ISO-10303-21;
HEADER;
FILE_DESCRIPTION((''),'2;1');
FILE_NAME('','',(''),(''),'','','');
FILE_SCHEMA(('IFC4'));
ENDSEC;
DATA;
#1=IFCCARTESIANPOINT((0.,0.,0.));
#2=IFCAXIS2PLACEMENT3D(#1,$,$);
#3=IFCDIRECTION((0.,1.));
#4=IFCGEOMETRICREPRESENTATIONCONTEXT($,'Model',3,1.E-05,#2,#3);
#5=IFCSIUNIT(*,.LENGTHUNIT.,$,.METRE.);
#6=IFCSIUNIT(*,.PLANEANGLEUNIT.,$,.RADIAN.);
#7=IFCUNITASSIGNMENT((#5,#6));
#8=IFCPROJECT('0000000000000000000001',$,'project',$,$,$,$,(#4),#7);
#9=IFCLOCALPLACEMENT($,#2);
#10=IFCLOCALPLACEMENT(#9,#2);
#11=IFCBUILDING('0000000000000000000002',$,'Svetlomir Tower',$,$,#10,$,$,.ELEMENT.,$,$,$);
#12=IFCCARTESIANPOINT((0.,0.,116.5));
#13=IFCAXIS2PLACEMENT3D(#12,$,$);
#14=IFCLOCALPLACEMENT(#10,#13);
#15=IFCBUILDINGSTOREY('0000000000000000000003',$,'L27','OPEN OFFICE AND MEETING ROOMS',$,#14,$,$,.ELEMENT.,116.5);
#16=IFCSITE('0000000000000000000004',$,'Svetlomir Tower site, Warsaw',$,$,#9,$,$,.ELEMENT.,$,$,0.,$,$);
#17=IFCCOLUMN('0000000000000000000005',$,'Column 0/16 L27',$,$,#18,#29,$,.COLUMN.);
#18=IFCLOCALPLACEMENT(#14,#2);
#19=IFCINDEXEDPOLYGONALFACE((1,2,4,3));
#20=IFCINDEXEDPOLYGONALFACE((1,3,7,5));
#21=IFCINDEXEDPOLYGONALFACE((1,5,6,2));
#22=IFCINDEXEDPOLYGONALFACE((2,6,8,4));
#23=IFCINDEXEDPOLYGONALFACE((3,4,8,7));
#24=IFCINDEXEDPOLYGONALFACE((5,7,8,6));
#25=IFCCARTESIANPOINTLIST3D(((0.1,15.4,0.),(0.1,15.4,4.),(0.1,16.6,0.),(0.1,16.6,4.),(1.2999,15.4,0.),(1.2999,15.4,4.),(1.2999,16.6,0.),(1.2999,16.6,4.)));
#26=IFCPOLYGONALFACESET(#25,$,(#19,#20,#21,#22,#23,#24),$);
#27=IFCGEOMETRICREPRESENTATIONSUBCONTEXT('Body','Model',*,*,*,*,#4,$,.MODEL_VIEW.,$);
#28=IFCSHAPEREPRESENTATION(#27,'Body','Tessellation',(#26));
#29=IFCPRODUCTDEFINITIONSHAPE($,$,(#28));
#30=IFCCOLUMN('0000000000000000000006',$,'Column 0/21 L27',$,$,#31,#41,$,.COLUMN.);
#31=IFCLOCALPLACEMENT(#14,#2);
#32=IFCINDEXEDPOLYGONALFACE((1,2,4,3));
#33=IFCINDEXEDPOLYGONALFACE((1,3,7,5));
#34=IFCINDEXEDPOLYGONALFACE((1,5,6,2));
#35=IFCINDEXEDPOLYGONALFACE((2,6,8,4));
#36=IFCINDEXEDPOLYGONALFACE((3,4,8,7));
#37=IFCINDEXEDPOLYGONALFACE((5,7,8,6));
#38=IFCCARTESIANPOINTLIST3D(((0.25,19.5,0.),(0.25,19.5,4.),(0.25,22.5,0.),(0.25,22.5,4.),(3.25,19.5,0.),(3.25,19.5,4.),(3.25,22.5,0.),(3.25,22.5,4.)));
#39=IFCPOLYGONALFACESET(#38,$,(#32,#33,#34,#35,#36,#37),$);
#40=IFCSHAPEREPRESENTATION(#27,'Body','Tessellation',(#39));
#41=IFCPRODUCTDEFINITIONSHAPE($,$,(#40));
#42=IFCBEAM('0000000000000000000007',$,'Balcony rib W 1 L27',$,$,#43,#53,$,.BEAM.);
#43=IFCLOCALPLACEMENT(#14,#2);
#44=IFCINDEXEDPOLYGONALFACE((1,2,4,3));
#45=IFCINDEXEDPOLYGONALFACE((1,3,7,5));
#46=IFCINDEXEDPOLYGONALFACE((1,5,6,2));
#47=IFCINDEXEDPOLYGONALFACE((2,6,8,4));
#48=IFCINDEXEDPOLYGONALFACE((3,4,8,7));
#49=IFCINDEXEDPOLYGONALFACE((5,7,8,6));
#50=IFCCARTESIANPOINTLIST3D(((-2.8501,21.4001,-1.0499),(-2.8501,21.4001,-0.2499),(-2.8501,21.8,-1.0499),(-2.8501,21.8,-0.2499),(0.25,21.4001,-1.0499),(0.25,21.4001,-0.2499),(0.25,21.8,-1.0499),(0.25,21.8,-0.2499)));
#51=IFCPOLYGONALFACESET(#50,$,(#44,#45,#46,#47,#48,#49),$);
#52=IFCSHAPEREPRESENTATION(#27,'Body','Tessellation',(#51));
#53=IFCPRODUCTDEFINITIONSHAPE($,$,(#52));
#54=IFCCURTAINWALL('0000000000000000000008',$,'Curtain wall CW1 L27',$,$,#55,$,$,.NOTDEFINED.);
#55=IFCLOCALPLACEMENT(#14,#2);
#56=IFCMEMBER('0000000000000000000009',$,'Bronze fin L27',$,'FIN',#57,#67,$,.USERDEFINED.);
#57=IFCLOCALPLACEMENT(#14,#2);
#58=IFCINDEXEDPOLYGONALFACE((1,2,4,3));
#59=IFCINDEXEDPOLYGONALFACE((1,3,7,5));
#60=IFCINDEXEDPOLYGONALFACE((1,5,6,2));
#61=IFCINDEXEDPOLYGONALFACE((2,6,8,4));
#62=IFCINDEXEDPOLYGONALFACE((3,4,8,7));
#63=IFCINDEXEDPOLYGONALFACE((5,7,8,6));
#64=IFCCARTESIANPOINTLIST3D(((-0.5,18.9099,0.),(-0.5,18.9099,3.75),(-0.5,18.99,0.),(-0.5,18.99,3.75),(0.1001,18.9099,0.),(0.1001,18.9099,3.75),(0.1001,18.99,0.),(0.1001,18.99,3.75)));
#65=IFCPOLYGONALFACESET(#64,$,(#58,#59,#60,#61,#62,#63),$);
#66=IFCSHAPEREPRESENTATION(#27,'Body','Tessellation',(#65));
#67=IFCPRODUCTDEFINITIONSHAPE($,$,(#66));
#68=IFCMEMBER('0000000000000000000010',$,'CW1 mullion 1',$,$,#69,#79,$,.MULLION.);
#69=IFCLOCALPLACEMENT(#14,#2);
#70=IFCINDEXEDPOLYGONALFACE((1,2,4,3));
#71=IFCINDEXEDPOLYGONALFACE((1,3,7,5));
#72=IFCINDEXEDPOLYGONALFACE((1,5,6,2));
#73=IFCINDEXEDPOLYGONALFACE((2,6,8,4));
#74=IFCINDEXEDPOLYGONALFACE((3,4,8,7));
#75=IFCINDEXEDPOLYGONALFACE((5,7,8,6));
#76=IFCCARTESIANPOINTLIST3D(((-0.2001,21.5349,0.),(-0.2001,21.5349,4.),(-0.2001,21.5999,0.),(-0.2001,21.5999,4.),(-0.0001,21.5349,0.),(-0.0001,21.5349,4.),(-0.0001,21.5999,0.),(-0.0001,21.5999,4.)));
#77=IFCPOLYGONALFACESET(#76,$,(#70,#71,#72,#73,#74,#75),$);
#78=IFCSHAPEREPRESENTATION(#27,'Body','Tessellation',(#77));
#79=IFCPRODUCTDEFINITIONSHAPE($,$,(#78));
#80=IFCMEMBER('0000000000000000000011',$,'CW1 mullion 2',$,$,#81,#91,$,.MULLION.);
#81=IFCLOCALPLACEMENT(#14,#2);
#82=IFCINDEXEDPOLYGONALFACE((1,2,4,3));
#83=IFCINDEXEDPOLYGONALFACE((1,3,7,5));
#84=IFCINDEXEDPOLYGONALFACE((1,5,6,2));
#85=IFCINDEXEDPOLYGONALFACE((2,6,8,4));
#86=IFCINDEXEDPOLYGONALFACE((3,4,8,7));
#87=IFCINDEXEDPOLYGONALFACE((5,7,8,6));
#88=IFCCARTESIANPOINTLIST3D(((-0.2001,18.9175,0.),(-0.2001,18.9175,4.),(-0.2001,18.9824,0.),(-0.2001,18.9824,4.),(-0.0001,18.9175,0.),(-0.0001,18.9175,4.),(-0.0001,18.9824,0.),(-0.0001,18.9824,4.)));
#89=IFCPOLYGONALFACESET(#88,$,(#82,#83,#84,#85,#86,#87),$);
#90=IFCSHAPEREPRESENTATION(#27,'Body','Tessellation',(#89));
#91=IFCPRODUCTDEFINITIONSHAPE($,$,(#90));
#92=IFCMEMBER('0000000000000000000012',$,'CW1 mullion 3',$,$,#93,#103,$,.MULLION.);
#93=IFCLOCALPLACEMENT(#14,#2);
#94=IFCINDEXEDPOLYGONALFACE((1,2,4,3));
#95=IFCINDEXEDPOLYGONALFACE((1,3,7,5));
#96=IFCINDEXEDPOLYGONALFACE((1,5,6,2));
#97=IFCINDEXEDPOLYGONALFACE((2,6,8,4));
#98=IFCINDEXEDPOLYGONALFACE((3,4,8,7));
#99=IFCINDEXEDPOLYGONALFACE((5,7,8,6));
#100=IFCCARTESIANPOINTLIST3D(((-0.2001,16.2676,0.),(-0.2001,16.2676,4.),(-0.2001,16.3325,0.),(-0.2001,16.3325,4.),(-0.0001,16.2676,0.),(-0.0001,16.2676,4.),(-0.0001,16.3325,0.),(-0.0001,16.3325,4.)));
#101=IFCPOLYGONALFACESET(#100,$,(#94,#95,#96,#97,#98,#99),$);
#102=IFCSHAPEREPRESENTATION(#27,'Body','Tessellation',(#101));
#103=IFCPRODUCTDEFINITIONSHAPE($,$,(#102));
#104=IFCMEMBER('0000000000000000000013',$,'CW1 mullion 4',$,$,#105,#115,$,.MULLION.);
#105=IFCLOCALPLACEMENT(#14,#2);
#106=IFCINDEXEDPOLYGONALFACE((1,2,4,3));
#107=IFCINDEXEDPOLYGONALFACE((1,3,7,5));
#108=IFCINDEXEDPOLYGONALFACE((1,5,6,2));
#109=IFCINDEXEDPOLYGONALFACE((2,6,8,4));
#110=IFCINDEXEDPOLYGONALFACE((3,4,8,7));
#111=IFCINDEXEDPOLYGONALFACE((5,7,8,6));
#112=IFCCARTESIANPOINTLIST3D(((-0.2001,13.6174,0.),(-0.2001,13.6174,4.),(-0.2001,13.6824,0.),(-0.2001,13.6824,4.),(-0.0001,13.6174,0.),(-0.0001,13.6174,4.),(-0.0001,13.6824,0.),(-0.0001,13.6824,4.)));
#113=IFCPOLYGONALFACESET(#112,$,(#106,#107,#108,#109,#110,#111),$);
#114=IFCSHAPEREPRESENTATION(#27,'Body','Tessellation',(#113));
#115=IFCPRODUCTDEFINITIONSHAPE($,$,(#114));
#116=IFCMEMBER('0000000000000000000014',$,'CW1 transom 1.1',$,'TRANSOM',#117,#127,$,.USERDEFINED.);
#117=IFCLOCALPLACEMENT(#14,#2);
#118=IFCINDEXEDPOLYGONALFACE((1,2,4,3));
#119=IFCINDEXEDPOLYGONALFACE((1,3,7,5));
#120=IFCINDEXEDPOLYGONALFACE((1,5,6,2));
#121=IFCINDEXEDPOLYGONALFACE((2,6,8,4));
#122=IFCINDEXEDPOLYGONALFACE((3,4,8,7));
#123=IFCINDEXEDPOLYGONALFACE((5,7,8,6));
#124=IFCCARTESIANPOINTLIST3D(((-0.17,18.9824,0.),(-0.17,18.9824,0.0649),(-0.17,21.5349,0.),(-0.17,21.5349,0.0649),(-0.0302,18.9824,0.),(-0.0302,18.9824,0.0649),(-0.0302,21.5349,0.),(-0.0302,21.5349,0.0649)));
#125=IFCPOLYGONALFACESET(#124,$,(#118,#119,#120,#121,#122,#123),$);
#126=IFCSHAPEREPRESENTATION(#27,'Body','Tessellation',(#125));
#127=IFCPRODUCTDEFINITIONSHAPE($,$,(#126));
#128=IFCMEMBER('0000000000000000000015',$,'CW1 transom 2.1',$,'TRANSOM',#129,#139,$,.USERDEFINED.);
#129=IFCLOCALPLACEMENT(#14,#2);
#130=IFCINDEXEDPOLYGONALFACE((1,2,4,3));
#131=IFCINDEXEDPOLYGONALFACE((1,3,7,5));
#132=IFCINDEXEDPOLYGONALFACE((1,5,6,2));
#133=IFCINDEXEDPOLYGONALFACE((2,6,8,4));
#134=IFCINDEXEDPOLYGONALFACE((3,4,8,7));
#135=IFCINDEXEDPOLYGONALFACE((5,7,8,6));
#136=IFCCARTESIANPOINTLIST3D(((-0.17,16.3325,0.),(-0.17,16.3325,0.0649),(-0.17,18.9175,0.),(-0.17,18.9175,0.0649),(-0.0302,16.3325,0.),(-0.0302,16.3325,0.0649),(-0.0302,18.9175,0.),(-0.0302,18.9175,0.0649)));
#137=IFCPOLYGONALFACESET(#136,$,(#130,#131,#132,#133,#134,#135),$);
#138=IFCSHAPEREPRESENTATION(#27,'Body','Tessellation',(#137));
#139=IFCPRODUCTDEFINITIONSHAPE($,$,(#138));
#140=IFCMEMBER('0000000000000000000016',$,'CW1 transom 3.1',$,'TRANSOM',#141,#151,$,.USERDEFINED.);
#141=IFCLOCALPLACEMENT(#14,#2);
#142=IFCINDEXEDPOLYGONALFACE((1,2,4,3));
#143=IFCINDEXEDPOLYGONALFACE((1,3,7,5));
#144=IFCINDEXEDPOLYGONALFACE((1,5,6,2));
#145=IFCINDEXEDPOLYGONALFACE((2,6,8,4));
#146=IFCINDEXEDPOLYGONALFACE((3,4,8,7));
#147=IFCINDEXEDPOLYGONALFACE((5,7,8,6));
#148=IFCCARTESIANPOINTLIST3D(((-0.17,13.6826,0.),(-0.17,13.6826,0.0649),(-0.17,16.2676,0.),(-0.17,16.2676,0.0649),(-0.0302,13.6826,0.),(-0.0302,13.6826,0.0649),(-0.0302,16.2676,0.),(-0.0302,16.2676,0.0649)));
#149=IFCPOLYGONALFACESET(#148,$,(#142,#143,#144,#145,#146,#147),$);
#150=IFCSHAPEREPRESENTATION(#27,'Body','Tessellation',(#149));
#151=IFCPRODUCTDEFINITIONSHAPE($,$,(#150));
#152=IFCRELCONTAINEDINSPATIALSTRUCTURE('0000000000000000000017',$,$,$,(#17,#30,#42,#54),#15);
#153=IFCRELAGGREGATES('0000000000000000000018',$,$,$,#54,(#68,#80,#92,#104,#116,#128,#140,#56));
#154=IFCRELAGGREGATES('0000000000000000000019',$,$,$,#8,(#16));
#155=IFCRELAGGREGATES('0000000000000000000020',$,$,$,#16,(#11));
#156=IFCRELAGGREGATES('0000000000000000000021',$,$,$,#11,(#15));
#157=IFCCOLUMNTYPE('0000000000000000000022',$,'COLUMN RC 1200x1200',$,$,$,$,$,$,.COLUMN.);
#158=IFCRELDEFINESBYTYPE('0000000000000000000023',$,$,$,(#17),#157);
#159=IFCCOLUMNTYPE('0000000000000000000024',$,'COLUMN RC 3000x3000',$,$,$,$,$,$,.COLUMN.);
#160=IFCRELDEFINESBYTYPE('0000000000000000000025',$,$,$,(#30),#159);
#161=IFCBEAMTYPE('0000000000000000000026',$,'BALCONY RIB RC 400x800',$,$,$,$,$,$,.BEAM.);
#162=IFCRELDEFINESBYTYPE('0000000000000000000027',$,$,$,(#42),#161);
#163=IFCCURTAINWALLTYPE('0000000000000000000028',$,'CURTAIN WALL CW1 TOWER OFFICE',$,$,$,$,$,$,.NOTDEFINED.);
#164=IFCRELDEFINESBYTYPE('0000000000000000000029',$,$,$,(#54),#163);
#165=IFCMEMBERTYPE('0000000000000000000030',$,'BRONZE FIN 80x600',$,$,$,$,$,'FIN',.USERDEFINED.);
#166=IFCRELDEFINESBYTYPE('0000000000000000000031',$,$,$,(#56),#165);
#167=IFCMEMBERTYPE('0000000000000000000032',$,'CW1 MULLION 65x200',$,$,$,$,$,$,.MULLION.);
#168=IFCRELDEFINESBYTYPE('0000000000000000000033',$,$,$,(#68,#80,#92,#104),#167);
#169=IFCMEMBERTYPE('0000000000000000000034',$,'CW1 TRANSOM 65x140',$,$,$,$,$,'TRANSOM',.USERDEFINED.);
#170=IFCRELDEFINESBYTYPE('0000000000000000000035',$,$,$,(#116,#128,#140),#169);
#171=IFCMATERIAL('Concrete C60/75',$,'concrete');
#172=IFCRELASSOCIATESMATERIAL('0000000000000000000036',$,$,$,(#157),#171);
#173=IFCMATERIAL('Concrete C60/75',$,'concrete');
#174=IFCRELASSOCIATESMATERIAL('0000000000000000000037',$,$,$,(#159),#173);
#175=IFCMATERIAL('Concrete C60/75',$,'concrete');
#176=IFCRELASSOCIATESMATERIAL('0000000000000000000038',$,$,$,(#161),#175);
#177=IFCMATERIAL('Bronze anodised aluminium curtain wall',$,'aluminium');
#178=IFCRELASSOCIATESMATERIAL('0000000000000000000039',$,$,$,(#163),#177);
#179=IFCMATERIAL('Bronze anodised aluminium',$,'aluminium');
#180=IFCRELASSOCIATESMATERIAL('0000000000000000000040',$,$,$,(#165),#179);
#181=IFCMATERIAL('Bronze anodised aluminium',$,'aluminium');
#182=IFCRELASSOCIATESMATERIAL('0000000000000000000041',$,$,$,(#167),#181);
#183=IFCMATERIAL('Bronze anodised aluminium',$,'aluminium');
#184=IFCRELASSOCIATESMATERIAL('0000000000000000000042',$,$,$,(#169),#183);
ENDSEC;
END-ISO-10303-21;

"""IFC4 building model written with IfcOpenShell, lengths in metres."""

from ifc_helpers import new_model, si_unit, direction, frame, origin, origin_2d, place, context, subcontext, project, spatial, rectangle, extrude, material, material_profile, profile_set, type_object, element, aggregate, save


model = new_model("IFC4")

# Units and contexts
model_context = context("Model", 3, precision=1e-05, world=origin(), true_north=direction((0.0, 1.0)))
body_context = subcontext(model_context, "Body", "Model", "MODEL_VIEW")
ifc_project = project(units=[si_unit("LENGTHUNIT", "METRE"), si_unit("PLANEANGLEUNIT", "RADIAN")], contexts=[model_context])

# Site, building, storey
site_placement = place(None, origin())
site = spatial("IfcSite", under=ifc_project, at=site_placement, Name="Svetlomir Tower site, Warsaw", CompositionType="ELEMENT", RefElevation=0.0)
building_placement = place(site_placement, origin())
building = spatial("IfcBuilding", under=site, at=building_placement, Name="Svetlomir Tower", CompositionType="ELEMENT")
storey_placement = place(building_placement, frame((0.0, 0.0, 116.5)))
storey = spatial("IfcBuildingStorey", under=building, at=storey_placement, Name="L27", Description="OPEN OFFICE AND MEETING ROOMS", CompositionType="ELEMENT", Elevation=116.5)

# Columns
ifc_material_1 = material(Name="Concrete C60/75", Category="concrete")
ifc_material_profile_1 = material_profile(ifc_material_1, rectangle(XDim=1.2, YDim=1.2, at=origin_2d()), Name="RC 1200x1200")
ifc_profile_set_1 = profile_set([ifc_material_profile_1], Name="Concrete C60/75")
column_type_1 = type_object("IfcColumnType", Name="COLUMN RC 1200x1200", PredefinedType="COLUMN", material=ifc_profile_set_1)
column_1_placement = place(storey_placement, frame((0.7, 16.0, 0.0), z_axis=(0.0, 0.0, 1.0), x_axis=(1.0, 0.0, 0.0)))
element("IfcColumn", 1, at=column_1_placement, inside=storey, type_object=column_type_1, Name="Column 0/16 L27", PredefinedType="COLUMN", context=body_context, shape_type="SweptSolid", body=[
    extrude(rectangle(XDim=1.2, YDim=1.2, at=origin_2d()), origin(), (0.0, 0.0, 1.0), 4.0),
])
ifc_material_2 = material(Name="Concrete C60/75", Category="concrete")
ifc_material_profile_2 = material_profile(ifc_material_2, rectangle(XDim=3.0, YDim=3.0, at=origin_2d()), Name="RC 3000x3000")
ifc_profile_set_2 = profile_set([ifc_material_profile_2], Name="Concrete C60/75")
column_type_2 = type_object("IfcColumnType", Name="COLUMN RC 3000x3000", PredefinedType="COLUMN", material=ifc_profile_set_2)
column_2_placement = place(storey_placement, frame((1.75, 21.0, 0.0), z_axis=(0.0, 0.0, 1.0), x_axis=(1.0, 0.0, 0.0)))
element("IfcColumn", 2, at=column_2_placement, inside=storey, type_object=column_type_2, Name="Column 0/21 L27", PredefinedType="COLUMN", context=body_context, shape_type="SweptSolid", body=[
    extrude(rectangle(XDim=3.0, YDim=3.0, at=origin_2d()), origin(), (0.0, 0.0, 1.0), 4.0),
])

# Beam
ifc_material_3 = material(Name="Concrete C60/75", Category="concrete")
ifc_material_profile_3 = material_profile(ifc_material_3, rectangle(XDim=0.3999, YDim=0.8, at=origin_2d()), Name="RC 400x800")
ifc_profile_set_3 = profile_set([ifc_material_profile_3], Name="Concrete C60/75")
beam_type_1 = type_object("IfcBeamType", Name="BALCONY RIB RC 400x800", PredefinedType="BEAM", material=ifc_profile_set_3)
beam_1_placement = place(storey_placement, frame((0.25, 21.6001, -0.6499), z_axis=(-1.0, 0.0, 0.0), x_axis=(0.0, -1.0, 0.0)))
element("IfcBeam", 3, at=beam_1_placement, inside=storey, type_object=beam_type_1, Name="Balcony rib W 1 L27", PredefinedType="BEAM", context=body_context, shape_type="SweptSolid", body=[
    extrude(rectangle(XDim=0.3999, YDim=0.8, at=origin_2d()), origin(), (0.0, 0.0, 1.0), 3.1001),
])

# Curtain wall, members
ifc_material_4 = material(Name="Bronze anodised aluminium curtain wall", Category="aluminium")
curtain_wall_type = type_object("IfcCurtainWallType", Name="CURTAIN WALL CW1 TOWER OFFICE", PredefinedType="NOTDEFINED", material=ifc_material_4)
curtain_wall_placement = place(storey_placement, origin())
curtain_wall = element("IfcCurtainWall", 4, at=curtain_wall_placement, inside=storey, type_object=curtain_wall_type, Name="Curtain wall CW1 L27", PredefinedType="NOTDEFINED")
ifc_material_5 = material(Name="Bronze anodised aluminium", Category="aluminium")
ifc_material_profile_4 = material_profile(ifc_material_5, rectangle(XDim=0.0801, YDim=0.6001, at=origin_2d()), Name="FIN 80x600")
ifc_profile_set_4 = profile_set([ifc_material_profile_4], Name="Bronze anodised aluminium 6063-T6")
member_type_1 = type_object("IfcMemberType", Name="BRONZE FIN 80x600", ElementType="FIN", PredefinedType="USERDEFINED", material=ifc_profile_set_4)
member_1_placement = place(storey_placement, frame((-0.2, 18.95, 0.0), z_axis=(0.0, 0.0, 1.0), x_axis=(0.0, 1.0, 0.0)))
member_1 = element("IfcMember", 5, at=member_1_placement, type_object=member_type_1, Name="Bronze fin L27", ObjectType="FIN", PredefinedType="USERDEFINED", context=body_context, shape_type="SweptSolid", body=[
    extrude(rectangle(XDim=0.0801, YDim=0.6001, at=origin_2d()), origin(), (0.0, 0.0, 1.0), 3.75),
])
ifc_material_6 = material(Name="Bronze anodised aluminium", Category="aluminium")
ifc_material_profile_5 = material_profile(ifc_material_6, rectangle(XDim=0.0649, YDim=0.2, at=origin_2d()), Name="AL 65x200")
ifc_profile_set_5 = profile_set([ifc_material_profile_5], Name="Bronze anodised aluminium 6063-T6")
member_type_2 = type_object("IfcMemberType", Name="CW1 MULLION 65x200", PredefinedType="MULLION", material=ifc_profile_set_5)
member_2_placement = place(storey_placement, frame((-0.1001, 21.5674, 0.0), z_axis=(0.0, 0.0, 1.0), x_axis=(0.0, -1.0, 0.0)))
member_2 = element("IfcMember", 6, at=member_2_placement, type_object=member_type_2, Name="CW1 mullion 1", PredefinedType="MULLION", context=body_context, shape_type="SweptSolid", body=[
    extrude(rectangle(XDim=0.0649, YDim=0.2, at=origin_2d()), origin(), (0.0, 0.0, 1.0), 4.0),
])
member_3_placement = place(storey_placement, frame((-0.1001, 18.95, 0.0), z_axis=(0.0, 0.0, 1.0), x_axis=(0.0, -1.0, 0.0)))
member_3 = element("IfcMember", 7, at=member_3_placement, type_object=member_type_2, Name="CW1 mullion 2", PredefinedType="MULLION", context=body_context, shape_type="SweptSolid", body=[
    extrude(rectangle(XDim=0.0649, YDim=0.2, at=origin_2d()), origin(), (0.0, 0.0, 1.0), 4.0),
])
member_4_placement = place(storey_placement, frame((-0.1001, 16.3, 0.0), z_axis=(0.0, 0.0, 1.0), x_axis=(0.0, -1.0, 0.0)))
member_4 = element("IfcMember", 8, at=member_4_placement, type_object=member_type_2, Name="CW1 mullion 3", PredefinedType="MULLION", context=body_context, shape_type="SweptSolid", body=[
    extrude(rectangle(XDim=0.0649, YDim=0.2, at=origin_2d()), origin(), (0.0, 0.0, 1.0), 4.0),
])
member_5_placement = place(storey_placement, frame((-0.1001, 13.6499, 0.0), z_axis=(0.0, 0.0, 1.0), x_axis=(0.0, -1.0, 0.0)))
member_5 = element("IfcMember", 9, at=member_5_placement, type_object=member_type_2, Name="CW1 mullion 4", PredefinedType="MULLION", context=body_context, shape_type="SweptSolid", body=[
    extrude(rectangle(XDim=0.0649, YDim=0.2, at=origin_2d()), origin(), (0.0, 0.0, 1.0), 4.0),
])
ifc_material_7 = material(Name="Bronze anodised aluminium", Category="aluminium")
ifc_material_profile_6 = material_profile(ifc_material_7, rectangle(XDim=0.1399, YDim=0.0649, at=origin_2d()), Name="AL 140x65")
ifc_profile_set_6 = profile_set([ifc_material_profile_6], Name="Bronze anodised aluminium 6063-T6")
member_type_3 = type_object("IfcMemberType", Name="CW1 TRANSOM 65x140", ElementType="TRANSOM", PredefinedType="USERDEFINED", material=ifc_profile_set_6)
member_6_placement = place(storey_placement, frame((-0.1001, 21.5349, 0.0325), z_axis=(0.0, -1.0, 0.0), x_axis=(1.0, 0.0, 0.0)))
member_6 = element("IfcMember", 10, at=member_6_placement, type_object=member_type_3, Name="CW1 transom 1.1", ObjectType="TRANSOM", PredefinedType="USERDEFINED", context=body_context, shape_type="SweptSolid", body=[
    extrude(rectangle(XDim=0.1399, YDim=0.0649, at=origin_2d()), origin(), (0.0, 0.0, 1.0), 2.5525),
])
member_7_placement = place(storey_placement, frame((-0.1001, 18.9175, 0.0325), z_axis=(0.0, -1.0, 0.0), x_axis=(1.0, 0.0, 0.0)))
member_7 = element("IfcMember", 11, at=member_7_placement, type_object=member_type_3, Name="CW1 transom 2.1", ObjectType="TRANSOM", PredefinedType="USERDEFINED", context=body_context, shape_type="SweptSolid", body=[
    extrude(rectangle(XDim=0.1399, YDim=0.0649, at=origin_2d()), origin(), (0.0, 0.0, 1.0), 2.585),
])
member_8_placement = place(storey_placement, frame((-0.1001, 16.2676, 0.0325), z_axis=(0.0, -1.0, 0.0), x_axis=(1.0, 0.0, 0.0)))
member_8 = element("IfcMember", 12, at=member_8_placement, type_object=member_type_3, Name="CW1 transom 3.1", ObjectType="TRANSOM", PredefinedType="USERDEFINED", context=body_context, shape_type="SweptSolid", body=[
    extrude(rectangle(XDim=0.1399, YDim=0.0649, at=origin_2d()), origin(), (0.0, 0.0, 1.0), 2.585),
])

aggregate(curtain_wall, [member_2, member_3, member_4, member_5, member_6, member_7, member_8, member_1])

save(model, "model.ifc")
